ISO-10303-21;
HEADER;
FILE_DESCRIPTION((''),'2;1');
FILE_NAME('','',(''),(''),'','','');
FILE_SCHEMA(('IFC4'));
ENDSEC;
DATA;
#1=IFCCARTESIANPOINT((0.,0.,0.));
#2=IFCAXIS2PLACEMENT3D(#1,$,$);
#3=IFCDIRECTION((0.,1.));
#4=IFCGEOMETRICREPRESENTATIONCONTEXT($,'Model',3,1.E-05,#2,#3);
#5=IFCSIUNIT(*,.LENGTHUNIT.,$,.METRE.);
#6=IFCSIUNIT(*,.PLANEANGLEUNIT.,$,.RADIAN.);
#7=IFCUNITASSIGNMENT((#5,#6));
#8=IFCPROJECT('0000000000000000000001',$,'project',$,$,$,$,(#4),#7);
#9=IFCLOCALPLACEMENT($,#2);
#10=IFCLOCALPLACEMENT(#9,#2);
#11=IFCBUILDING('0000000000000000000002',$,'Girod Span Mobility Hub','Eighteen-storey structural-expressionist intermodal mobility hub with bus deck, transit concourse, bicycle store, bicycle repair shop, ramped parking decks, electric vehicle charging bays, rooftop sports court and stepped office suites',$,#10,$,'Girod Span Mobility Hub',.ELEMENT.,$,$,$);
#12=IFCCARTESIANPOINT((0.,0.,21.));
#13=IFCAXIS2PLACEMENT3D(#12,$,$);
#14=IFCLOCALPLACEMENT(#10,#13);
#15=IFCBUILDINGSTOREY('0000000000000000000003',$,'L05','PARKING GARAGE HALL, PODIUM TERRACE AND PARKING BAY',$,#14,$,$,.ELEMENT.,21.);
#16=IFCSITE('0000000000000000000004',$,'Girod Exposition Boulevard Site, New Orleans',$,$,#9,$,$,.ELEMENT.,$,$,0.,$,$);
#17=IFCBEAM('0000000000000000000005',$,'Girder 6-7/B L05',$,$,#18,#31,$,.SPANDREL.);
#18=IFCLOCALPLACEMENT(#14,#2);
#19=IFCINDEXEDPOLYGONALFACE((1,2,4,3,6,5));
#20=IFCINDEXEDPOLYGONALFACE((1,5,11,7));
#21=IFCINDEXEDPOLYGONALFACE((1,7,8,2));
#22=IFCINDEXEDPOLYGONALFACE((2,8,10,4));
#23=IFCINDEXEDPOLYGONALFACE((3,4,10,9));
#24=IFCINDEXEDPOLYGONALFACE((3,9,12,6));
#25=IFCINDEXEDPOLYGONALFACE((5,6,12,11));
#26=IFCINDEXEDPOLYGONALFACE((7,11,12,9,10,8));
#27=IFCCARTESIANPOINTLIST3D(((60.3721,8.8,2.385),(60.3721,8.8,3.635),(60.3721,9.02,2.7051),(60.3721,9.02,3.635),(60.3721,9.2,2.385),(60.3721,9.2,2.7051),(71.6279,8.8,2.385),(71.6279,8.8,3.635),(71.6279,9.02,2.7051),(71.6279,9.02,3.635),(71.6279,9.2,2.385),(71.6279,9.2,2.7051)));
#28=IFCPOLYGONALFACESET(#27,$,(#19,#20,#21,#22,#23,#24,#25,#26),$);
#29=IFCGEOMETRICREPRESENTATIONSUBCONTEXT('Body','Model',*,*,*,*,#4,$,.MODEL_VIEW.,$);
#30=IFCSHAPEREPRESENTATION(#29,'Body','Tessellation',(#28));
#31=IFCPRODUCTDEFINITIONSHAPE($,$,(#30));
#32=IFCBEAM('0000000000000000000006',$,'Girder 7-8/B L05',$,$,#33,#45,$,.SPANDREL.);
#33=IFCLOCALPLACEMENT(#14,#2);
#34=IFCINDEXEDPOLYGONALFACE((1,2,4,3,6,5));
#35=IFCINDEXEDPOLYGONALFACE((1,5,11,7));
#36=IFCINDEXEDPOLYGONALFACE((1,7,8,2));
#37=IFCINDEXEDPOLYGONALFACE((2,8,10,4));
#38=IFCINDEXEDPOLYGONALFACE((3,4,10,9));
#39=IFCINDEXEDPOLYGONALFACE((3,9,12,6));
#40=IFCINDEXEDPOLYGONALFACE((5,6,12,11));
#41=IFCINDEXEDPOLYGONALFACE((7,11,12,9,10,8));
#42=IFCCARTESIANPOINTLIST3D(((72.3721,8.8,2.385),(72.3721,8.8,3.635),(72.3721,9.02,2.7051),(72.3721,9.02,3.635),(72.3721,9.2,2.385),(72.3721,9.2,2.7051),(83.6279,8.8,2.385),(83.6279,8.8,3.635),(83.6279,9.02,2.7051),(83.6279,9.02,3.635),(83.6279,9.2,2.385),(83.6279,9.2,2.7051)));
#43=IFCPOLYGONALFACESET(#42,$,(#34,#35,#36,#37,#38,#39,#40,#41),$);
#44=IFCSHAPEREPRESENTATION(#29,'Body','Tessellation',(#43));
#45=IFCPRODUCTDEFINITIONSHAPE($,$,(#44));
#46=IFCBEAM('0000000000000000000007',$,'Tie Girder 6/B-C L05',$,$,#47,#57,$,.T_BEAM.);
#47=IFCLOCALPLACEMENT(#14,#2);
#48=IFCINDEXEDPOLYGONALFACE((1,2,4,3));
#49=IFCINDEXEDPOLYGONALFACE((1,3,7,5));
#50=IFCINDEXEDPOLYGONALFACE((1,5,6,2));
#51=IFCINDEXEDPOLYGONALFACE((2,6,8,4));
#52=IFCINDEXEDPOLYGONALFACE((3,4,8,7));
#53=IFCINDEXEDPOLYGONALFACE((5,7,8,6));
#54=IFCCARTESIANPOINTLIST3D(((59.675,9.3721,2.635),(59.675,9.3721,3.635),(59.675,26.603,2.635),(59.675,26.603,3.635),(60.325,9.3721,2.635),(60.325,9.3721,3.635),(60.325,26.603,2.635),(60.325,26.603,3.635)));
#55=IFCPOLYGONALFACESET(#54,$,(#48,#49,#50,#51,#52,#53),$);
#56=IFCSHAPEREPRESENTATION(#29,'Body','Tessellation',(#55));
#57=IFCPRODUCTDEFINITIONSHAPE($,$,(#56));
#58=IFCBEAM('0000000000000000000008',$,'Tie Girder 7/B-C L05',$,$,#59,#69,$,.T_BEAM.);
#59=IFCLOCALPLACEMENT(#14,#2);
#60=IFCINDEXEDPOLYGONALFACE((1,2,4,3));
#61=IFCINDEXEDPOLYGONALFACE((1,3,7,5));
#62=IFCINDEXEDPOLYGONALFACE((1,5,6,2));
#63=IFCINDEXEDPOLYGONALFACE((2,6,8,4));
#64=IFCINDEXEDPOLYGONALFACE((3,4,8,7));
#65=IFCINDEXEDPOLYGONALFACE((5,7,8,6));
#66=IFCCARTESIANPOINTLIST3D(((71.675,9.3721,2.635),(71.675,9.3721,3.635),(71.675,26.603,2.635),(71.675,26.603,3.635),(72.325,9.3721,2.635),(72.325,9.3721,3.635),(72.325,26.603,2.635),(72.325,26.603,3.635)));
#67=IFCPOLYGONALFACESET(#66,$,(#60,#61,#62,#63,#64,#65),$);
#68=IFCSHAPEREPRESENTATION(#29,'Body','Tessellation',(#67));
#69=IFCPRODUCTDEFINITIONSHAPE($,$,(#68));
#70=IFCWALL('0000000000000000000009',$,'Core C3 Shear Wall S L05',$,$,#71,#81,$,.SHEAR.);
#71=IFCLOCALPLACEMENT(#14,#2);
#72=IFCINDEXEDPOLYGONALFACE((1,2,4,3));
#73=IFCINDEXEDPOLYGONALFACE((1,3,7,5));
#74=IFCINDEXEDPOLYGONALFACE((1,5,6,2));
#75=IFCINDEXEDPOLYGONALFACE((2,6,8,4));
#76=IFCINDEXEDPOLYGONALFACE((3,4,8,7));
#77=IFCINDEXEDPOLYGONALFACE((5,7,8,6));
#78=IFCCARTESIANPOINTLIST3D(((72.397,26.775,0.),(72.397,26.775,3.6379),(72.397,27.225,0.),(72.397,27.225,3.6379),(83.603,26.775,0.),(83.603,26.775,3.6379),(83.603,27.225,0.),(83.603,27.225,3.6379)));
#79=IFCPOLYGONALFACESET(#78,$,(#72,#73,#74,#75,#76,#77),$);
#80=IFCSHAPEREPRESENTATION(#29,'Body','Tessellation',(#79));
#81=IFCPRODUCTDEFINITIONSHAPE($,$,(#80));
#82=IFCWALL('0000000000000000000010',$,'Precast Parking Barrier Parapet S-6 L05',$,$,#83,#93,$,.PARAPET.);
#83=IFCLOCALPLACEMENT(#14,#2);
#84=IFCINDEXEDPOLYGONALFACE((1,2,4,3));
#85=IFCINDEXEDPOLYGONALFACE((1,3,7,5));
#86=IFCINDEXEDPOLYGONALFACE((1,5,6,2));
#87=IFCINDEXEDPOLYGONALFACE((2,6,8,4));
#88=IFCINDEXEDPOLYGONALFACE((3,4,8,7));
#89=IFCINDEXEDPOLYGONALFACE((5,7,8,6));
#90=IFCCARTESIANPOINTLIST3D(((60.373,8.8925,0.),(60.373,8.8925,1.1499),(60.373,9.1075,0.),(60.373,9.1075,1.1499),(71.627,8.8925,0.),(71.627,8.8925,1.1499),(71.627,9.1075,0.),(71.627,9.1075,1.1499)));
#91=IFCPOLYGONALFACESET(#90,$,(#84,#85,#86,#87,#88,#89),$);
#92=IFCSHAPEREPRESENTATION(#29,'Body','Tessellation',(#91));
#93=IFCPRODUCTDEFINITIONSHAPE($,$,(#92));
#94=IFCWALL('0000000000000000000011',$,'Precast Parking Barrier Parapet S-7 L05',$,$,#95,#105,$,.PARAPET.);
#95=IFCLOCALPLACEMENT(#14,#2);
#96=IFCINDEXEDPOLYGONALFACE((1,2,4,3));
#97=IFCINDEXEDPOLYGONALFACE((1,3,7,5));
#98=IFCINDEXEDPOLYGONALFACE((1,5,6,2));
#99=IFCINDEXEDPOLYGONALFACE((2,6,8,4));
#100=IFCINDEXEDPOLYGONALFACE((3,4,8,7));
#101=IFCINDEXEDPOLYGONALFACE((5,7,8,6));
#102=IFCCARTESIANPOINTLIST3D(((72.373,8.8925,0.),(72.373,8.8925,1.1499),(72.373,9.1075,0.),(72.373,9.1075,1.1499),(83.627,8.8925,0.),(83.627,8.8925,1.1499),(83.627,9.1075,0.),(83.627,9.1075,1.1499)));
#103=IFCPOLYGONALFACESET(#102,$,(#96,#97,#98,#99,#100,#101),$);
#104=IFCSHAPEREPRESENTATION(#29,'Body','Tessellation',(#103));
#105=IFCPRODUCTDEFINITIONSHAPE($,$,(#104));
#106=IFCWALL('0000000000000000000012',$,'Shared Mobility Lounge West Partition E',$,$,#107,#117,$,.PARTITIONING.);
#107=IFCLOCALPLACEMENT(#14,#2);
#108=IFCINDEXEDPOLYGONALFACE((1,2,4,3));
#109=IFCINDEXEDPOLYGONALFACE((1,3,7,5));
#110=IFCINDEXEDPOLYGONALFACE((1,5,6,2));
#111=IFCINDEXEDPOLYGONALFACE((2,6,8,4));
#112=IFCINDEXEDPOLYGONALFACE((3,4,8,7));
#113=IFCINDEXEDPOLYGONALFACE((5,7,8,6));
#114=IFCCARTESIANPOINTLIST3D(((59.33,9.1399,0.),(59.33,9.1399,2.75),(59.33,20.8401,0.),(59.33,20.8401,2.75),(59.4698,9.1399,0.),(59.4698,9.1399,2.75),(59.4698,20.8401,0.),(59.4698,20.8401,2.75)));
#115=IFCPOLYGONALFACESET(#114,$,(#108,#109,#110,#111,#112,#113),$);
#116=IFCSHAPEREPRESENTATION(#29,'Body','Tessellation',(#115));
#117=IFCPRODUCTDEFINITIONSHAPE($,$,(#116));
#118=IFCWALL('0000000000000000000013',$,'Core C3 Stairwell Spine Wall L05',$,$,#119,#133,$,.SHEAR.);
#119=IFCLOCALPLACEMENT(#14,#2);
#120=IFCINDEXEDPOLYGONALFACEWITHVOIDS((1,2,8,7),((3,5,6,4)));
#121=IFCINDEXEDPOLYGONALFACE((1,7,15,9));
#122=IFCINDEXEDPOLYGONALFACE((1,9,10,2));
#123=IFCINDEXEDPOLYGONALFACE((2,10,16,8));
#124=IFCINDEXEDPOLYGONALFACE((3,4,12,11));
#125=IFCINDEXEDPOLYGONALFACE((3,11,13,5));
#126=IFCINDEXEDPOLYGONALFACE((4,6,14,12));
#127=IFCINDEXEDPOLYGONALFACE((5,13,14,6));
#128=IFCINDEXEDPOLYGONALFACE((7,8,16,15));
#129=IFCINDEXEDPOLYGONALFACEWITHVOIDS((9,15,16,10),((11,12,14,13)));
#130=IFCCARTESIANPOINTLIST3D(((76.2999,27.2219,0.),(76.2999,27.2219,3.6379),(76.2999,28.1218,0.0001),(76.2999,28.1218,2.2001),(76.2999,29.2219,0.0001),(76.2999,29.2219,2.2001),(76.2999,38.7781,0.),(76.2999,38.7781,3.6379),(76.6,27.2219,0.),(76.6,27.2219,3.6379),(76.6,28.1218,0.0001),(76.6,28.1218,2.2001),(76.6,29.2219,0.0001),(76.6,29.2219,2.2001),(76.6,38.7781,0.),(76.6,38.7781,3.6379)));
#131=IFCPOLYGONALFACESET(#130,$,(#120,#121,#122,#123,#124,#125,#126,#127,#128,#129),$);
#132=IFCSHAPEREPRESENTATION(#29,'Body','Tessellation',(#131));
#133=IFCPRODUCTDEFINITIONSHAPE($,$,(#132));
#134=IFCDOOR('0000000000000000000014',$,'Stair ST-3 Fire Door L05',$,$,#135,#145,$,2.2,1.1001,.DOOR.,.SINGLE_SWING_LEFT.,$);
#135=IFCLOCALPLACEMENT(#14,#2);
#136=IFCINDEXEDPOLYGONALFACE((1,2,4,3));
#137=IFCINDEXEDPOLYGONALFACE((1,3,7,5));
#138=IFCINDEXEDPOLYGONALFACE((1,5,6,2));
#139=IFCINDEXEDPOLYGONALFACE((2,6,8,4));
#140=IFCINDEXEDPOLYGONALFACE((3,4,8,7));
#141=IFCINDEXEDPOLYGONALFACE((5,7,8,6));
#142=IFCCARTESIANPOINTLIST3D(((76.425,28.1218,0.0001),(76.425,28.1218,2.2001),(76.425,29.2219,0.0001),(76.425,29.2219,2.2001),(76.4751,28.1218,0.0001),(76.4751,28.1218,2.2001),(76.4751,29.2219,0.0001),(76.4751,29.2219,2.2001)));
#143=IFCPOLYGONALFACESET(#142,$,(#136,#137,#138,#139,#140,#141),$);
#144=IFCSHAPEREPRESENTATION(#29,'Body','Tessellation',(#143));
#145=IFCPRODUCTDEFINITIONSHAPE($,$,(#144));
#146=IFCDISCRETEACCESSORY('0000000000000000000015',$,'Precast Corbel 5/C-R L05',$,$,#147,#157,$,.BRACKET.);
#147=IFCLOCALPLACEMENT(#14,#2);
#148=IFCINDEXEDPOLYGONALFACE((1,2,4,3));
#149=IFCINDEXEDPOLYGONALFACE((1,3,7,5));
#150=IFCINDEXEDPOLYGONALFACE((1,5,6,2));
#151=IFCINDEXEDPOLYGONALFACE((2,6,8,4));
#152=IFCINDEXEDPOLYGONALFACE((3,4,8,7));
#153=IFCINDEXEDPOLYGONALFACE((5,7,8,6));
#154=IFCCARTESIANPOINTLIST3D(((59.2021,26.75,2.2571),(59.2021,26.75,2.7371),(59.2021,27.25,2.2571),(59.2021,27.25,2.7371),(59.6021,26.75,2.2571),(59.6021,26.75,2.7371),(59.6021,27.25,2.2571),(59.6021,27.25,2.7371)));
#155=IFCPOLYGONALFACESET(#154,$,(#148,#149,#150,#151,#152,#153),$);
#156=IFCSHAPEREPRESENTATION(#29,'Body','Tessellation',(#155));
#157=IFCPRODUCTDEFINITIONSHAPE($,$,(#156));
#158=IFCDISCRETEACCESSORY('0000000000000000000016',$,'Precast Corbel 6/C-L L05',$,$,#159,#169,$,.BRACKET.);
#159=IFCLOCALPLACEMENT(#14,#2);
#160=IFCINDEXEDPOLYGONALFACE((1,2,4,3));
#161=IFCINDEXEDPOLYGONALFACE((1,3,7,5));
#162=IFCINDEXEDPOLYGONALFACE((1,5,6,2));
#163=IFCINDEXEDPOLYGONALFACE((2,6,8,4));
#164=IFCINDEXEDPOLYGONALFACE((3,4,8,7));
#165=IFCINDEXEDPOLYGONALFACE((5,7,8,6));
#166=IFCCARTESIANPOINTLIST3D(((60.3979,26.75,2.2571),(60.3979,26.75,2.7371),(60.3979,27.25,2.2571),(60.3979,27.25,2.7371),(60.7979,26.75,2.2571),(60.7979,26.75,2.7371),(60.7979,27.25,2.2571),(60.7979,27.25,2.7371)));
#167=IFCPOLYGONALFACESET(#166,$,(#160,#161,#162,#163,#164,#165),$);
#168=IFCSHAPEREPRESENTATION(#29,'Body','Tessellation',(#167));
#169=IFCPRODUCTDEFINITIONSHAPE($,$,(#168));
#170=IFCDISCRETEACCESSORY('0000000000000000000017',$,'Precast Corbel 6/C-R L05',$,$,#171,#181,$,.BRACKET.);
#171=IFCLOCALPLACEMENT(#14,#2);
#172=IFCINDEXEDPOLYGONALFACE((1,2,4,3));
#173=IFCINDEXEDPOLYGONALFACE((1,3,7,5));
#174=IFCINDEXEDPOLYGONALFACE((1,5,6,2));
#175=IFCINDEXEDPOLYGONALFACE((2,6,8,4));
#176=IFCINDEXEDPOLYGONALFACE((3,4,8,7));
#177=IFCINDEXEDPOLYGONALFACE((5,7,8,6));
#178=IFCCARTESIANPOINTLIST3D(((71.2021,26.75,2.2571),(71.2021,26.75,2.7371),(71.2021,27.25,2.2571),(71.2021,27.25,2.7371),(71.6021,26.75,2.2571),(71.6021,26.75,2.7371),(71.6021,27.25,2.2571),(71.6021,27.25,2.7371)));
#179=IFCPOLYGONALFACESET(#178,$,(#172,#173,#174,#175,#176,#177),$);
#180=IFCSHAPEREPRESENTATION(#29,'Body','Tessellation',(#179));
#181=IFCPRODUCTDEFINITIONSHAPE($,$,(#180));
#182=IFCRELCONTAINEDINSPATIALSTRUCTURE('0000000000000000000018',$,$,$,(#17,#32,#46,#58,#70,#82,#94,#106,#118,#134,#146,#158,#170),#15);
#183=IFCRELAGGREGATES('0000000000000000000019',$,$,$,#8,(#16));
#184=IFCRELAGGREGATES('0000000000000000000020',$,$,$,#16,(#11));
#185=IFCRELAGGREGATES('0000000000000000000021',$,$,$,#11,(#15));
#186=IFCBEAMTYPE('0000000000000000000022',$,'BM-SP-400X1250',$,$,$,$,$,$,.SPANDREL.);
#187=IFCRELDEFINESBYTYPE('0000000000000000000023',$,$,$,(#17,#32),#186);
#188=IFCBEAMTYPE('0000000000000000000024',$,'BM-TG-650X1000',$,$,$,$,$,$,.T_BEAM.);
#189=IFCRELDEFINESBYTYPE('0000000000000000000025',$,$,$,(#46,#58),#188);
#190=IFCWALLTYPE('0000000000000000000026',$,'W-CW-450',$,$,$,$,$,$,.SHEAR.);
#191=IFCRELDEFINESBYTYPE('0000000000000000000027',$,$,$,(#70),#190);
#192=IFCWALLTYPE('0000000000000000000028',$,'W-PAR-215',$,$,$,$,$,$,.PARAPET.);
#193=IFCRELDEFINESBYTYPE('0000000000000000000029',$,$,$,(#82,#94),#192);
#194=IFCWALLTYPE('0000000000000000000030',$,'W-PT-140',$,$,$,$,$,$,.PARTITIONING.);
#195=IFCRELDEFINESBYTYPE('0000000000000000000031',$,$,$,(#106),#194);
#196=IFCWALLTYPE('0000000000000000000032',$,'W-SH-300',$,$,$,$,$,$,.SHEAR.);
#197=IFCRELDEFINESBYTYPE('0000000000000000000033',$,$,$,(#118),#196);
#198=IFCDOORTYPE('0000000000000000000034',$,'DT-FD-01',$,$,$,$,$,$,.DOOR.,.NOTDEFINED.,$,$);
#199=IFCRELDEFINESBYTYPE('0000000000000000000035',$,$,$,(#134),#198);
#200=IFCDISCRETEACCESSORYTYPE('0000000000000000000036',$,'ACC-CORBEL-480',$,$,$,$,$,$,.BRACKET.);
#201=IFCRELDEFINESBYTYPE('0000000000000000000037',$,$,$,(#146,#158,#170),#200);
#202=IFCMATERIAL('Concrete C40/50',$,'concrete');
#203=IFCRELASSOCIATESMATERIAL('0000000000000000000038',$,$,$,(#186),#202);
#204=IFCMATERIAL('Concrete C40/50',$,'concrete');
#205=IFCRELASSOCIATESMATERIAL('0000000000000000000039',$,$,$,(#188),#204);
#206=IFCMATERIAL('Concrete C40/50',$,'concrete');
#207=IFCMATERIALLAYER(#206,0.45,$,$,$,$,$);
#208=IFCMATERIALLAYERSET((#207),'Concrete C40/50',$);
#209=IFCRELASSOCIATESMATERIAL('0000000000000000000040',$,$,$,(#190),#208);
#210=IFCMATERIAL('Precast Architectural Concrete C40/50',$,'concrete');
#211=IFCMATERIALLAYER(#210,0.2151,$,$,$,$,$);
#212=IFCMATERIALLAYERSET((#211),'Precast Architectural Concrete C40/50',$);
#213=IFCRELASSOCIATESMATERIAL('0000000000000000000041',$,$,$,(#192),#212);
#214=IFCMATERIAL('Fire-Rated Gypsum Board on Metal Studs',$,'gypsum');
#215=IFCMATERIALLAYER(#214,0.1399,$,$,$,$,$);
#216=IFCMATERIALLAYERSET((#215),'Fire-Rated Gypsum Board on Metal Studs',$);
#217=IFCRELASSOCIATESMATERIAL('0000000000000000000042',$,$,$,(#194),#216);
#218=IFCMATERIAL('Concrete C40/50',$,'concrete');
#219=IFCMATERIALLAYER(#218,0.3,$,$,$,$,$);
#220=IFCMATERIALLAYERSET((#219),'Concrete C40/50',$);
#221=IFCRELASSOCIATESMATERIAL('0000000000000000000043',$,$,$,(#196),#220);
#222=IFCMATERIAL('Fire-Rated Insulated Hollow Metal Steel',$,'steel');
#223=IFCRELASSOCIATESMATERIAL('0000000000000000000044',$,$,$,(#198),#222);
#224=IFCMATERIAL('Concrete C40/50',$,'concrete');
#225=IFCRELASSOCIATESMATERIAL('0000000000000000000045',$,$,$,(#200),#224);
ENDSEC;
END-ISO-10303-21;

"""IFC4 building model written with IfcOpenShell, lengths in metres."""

from ifc_helpers import new_model, si_unit, direction, frame, frame_2d, origin, origin_2d, place, context, subcontext, project, spatial, polyline, rectangle, outline, extrude, material, layer, layer_set, material_profile, profile_set, type_object, element, fill, save


model = new_model("IFC4")

# Units and contexts
model_context = context("Model", 3, precision=1e-05, world=origin(), true_north=direction((0.0, 1.0)))
body_context = subcontext(model_context, "Body", "Model", "MODEL_VIEW")
ifc_project = project(units=[si_unit("LENGTHUNIT", "METRE"), si_unit("PLANEANGLEUNIT", "RADIAN")], contexts=[model_context])

# Site, building, storey
site_placement = place(None, origin())
site = spatial("IfcSite", under=ifc_project, at=site_placement, Name="Girod Exposition Boulevard Site, New Orleans", CompositionType="ELEMENT", RefElevation=0.0)
building_placement = place(site_placement, origin())
building = spatial("IfcBuilding", under=site, at=building_placement, Name="Girod Span Mobility Hub", Description="Eighteen-storey structural-expressionist intermodal mobility hub with bus deck, transit concourse, bicycle store, bicycle repair shop, ramped parking decks, electric vehicle charging bays, rooftop sports court and stepped office suites", LongName="Girod Span Mobility Hub", CompositionType="ELEMENT")
storey_placement = place(building_placement, frame((0.0, 0.0, 21.0)))
storey = spatial("IfcBuildingStorey", under=building, at=storey_placement, Name="L05", Description="PARKING GARAGE HALL, PODIUM TERRACE AND PARKING BAY", CompositionType="ELEMENT", Elevation=21.0)

# Beams
ifc_material_1 = material(Name="Concrete C40/50", Category="concrete")
ifc_material_profile_1 = material_profile(ifc_material_1, outline(polyline([(-0.2, -0.625), (0.2, -0.625), (0.2, -0.3049), (0.02, -0.3049), (0.02, 0.625), (-0.2, 0.625), (-0.2, -0.625)])), Name="SP-400X1250")
ifc_profile_set_1 = profile_set([ifc_material_profile_1], Name="Concrete C40/50")
beam_type_1 = type_object("IfcBeamType", Name="BM-SP-400X1250", PredefinedType="SPANDREL", material=ifc_profile_set_1)
for number, where, z_axis, x_axis, name in (
    (1, (60.3721, 9.0, 3.01), (1.0, 0.0, 0.0), (0.0, 1.0, 0.0), "Girder 6-7/B L05"),
    (2, (72.3721, 9.0, 3.01), (1.0, 0.0, 0.0), (0.0, 1.0, 0.0), "Girder 7-8/B L05"),
):
    element("IfcBeam", number, at=place(storey_placement, frame(where, z_axis=z_axis, x_axis=x_axis)), inside=storey, type_object=beam_type_1, Name=name, PredefinedType="SPANDREL", context=body_context, shape_type="SweptSolid", body=[
        extrude(outline(polyline([(-0.2, -0.625), (0.2, -0.625), (0.2, -0.3049), (0.02, -0.3049), (0.02, 0.625), (-0.2, 0.625), (-0.2, -0.625)])), origin(), (0.0, 0.0, 1.0), 11.2559),
    ])
ifc_material_2 = material(Name="Concrete C40/50", Category="concrete")
ifc_material_profile_2 = material_profile(ifc_material_2, rectangle(XDim=0.6499, YDim=1.0, at=origin_2d()), Name="TG-650X1000")
ifc_profile_set_2 = profile_set([ifc_material_profile_2], Name="Concrete C40/50")
beam_type_2 = type_object("IfcBeamType", Name="BM-TG-650X1000", PredefinedType="T_BEAM", material=ifc_profile_set_2)
for number, where, z_axis, x_axis, name in (
    (3, (60.0, 9.3721, 3.135), (0.0, 1.0, 0.0), (-1.0, 0.0, 0.0), "Tie Girder 6/B-C L05"),
    (4, (72.0, 9.3721, 3.135), (0.0, 1.0, 0.0), (-1.0, 0.0, 0.0), "Tie Girder 7/B-C L05"),
):
    element("IfcBeam", number, at=place(storey_placement, frame(where, z_axis=z_axis, x_axis=x_axis)), inside=storey, type_object=beam_type_2, Name=name, PredefinedType="T_BEAM", context=body_context, shape_type="SweptSolid", body=[
        extrude(rectangle(XDim=0.6499, YDim=1.0, at=origin_2d()), origin(), (0.0, 0.0, 1.0), 17.231),
    ])

# Walls
ifc_material_3 = material(Name="Concrete C40/50", Category="concrete")
ifc_layer_1 = layer(ifc_material_3, 0.45)
ifc_layer_set_1 = layer_set([ifc_layer_1], Name="Concrete C40/50")
wall_type_1 = type_object("IfcWallType", Name="W-CW-450", PredefinedType="SHEAR", material=ifc_layer_set_1)
wall_1_placement = place(storey_placement, frame((72.397, 27.0, 0.0), z_axis=(0.0, 0.0, 1.0), x_axis=(1.0, 0.0, 0.0)))
element("IfcWall", 5, at=wall_1_placement, inside=storey, type_object=wall_type_1, Name="Core C3 Shear Wall S L05", PredefinedType="SHEAR", context=body_context, shape_type="SweptSolid", body=[
    extrude(rectangle(XDim=11.2061, YDim=0.45, at=frame_2d((5.603, 0.0))), origin(), (0.0, 0.0, 1.0), 3.6379),
])
ifc_material_4 = material(Name="Precast Architectural Concrete C40/50", Category="concrete")
ifc_layer_2 = layer(ifc_material_4, 0.2151)
ifc_layer_set_2 = layer_set([ifc_layer_2], Name="Precast Architectural Concrete C40/50")
wall_type_2 = type_object("IfcWallType", Name="W-PAR-215", PredefinedType="PARAPET", material=ifc_layer_set_2)
for number, where, z_axis, x_axis, name in (
    (6, (60.373, 9.0, 0.0), (0.0, 0.0, 1.0), (1.0, 0.0, 0.0), "Precast Parking Barrier Parapet S-6 L05"),
    (7, (72.373, 9.0, 0.0), (0.0, 0.0, 1.0), (1.0, 0.0, 0.0), "Precast Parking Barrier Parapet S-7 L05"),
):
    element("IfcWall", number, at=place(storey_placement, frame(where, z_axis=z_axis, x_axis=x_axis)), inside=storey, type_object=wall_type_2, Name=name, PredefinedType="PARAPET", context=body_context, shape_type="SweptSolid", body=[
        extrude(rectangle(XDim=11.2539, YDim=0.2151, at=frame_2d((5.627, 0.0))), origin(), (0.0, 0.0, 1.0), 1.1499),
    ])
ifc_material_5 = material(Name="Fire-Rated Gypsum Board on Metal Studs", Category="gypsum")
ifc_layer_3 = layer(ifc_material_5, 0.1399)
ifc_layer_set_3 = layer_set([ifc_layer_3], Name="Fire-Rated Gypsum Board on Metal Studs")
wall_type_3 = type_object("IfcWallType", Name="W-PT-140", PredefinedType="PARTITIONING", material=ifc_layer_set_3)
wall_2_placement = place(storey_placement, frame((59.3999, 9.1399, 0.0), z_axis=(0.0, 0.0, 1.0), x_axis=(0.0, 1.0, 0.0)))
element("IfcWall", 8, at=wall_2_placement, inside=storey, type_object=wall_type_3, Name="Shared Mobility Lounge West Partition E", PredefinedType="PARTITIONING", context=body_context, shape_type="SweptSolid", body=[
    extrude(rectangle(XDim=11.7002, YDim=0.1399, at=frame_2d((5.8501, 0.0))), origin(), (0.0, 0.0, 1.0), 2.75),
])

# Wall, opening, door
ifc_material_6 = material(Name="Concrete C40/50", Category="concrete")
ifc_layer_4 = layer(ifc_material_6, 0.3)
ifc_layer_set_4 = layer_set([ifc_layer_4], Name="Concrete C40/50")
wall_type_4 = type_object("IfcWallType", Name="W-SH-300", PredefinedType="SHEAR", material=ifc_layer_set_4)
wall_3_placement = place(storey_placement, frame((76.45, 27.2219, 0.0), z_axis=(0.0, 0.0, 1.0), x_axis=(0.0, 1.0, 0.0)))
wall_3 = element("IfcWall", 9, at=wall_3_placement, inside=storey, type_object=wall_type_4, Name="Core C3 Stairwell Spine Wall L05", PredefinedType="SHEAR", context=body_context, shape_type="SweptSolid", body=[
    extrude(rectangle(XDim=11.5562, YDim=0.3, at=frame_2d((5.7781, 0.0))), origin(), (0.0, 0.0, 1.0), 3.6379),
])
opening_placement = place(wall_3_placement, frame((0.8999, 0.0, 0.0)))
opening = element("IfcOpeningElement", 10, at=opening_placement, cuts=wall_3, PredefinedType="OPENING", context=body_context, shape_type="SweptSolid", body=[
    extrude(rectangle(XDim=1.1001, YDim=2.2, at=frame_2d((0.55, 1.1001))), frame((0.0, 0.165, 0.0), z_axis=(0.0, -1.0, 0.0), x_axis=(1.0, 0.0, 0.0)), (0.0, 0.0, 1.0), 0.3301),
])
ifc_material_7 = material(Name="Fire-Rated Insulated Hollow Metal Steel", Category="steel")
door_type = type_object("IfcDoorType", Name="DT-FD-01", OperationType="NOTDEFINED", PredefinedType="DOOR", material=ifc_material_7)
door_placement = place(opening_placement, origin())
door = element("IfcDoor", 11, at=door_placement, inside=storey, type_object=door_type, Name="Stair ST-3 Fire Door L05", OperationType="SINGLE_SWING_LEFT", OverallHeight=2.2, OverallWidth=1.1001, PredefinedType="DOOR", context=body_context, shape_type="SweptSolid", body=[
    extrude(rectangle(XDim=1.1001, YDim=2.2, at=frame_2d((0.55, 1.1001))), frame((0.0, 0.0249, 0.0), z_axis=(0.0, -1.0, 0.0), x_axis=(1.0, 0.0, 0.0)), (0.0, 0.0, 1.0), 0.05),
])
fill(opening, door)

# Discrete accessories
ifc_material_8 = material(Name="Concrete C40/50", Category="concrete")
discrete_accessory_type = type_object("IfcDiscreteAccessoryType", Name="ACC-CORBEL-480", PredefinedType="BRACKET", material=ifc_material_8)
for number, where, z_axis, x_axis, name in (
    (12, (59.4021, 27.0, 2.2571), (0.0, 0.0, 1.0), (1.0, 0.0, 0.0), "Precast Corbel 5/C-R L05"),
    (13, (60.5979, 27.0, 2.2571), (0.0, 0.0, 1.0), (1.0, 0.0, 0.0), "Precast Corbel 6/C-L L05"),
    (14, (71.4021, 27.0, 2.2571), (0.0, 0.0, 1.0), (1.0, 0.0, 0.0), "Precast Corbel 6/C-R L05"),
):
    element("IfcDiscreteAccessory", number, at=place(storey_placement, frame(where, z_axis=z_axis, x_axis=x_axis)), inside=storey, type_object=discrete_accessory_type, Name=name, PredefinedType="BRACKET", context=body_context, shape_type="SweptSolid", body=[
        extrude(rectangle(XDim=0.3999, YDim=0.5, at=origin_2d()), origin(), (0.0, 0.0, 1.0), 0.48),
    ])

save(model, "model.ifc")
